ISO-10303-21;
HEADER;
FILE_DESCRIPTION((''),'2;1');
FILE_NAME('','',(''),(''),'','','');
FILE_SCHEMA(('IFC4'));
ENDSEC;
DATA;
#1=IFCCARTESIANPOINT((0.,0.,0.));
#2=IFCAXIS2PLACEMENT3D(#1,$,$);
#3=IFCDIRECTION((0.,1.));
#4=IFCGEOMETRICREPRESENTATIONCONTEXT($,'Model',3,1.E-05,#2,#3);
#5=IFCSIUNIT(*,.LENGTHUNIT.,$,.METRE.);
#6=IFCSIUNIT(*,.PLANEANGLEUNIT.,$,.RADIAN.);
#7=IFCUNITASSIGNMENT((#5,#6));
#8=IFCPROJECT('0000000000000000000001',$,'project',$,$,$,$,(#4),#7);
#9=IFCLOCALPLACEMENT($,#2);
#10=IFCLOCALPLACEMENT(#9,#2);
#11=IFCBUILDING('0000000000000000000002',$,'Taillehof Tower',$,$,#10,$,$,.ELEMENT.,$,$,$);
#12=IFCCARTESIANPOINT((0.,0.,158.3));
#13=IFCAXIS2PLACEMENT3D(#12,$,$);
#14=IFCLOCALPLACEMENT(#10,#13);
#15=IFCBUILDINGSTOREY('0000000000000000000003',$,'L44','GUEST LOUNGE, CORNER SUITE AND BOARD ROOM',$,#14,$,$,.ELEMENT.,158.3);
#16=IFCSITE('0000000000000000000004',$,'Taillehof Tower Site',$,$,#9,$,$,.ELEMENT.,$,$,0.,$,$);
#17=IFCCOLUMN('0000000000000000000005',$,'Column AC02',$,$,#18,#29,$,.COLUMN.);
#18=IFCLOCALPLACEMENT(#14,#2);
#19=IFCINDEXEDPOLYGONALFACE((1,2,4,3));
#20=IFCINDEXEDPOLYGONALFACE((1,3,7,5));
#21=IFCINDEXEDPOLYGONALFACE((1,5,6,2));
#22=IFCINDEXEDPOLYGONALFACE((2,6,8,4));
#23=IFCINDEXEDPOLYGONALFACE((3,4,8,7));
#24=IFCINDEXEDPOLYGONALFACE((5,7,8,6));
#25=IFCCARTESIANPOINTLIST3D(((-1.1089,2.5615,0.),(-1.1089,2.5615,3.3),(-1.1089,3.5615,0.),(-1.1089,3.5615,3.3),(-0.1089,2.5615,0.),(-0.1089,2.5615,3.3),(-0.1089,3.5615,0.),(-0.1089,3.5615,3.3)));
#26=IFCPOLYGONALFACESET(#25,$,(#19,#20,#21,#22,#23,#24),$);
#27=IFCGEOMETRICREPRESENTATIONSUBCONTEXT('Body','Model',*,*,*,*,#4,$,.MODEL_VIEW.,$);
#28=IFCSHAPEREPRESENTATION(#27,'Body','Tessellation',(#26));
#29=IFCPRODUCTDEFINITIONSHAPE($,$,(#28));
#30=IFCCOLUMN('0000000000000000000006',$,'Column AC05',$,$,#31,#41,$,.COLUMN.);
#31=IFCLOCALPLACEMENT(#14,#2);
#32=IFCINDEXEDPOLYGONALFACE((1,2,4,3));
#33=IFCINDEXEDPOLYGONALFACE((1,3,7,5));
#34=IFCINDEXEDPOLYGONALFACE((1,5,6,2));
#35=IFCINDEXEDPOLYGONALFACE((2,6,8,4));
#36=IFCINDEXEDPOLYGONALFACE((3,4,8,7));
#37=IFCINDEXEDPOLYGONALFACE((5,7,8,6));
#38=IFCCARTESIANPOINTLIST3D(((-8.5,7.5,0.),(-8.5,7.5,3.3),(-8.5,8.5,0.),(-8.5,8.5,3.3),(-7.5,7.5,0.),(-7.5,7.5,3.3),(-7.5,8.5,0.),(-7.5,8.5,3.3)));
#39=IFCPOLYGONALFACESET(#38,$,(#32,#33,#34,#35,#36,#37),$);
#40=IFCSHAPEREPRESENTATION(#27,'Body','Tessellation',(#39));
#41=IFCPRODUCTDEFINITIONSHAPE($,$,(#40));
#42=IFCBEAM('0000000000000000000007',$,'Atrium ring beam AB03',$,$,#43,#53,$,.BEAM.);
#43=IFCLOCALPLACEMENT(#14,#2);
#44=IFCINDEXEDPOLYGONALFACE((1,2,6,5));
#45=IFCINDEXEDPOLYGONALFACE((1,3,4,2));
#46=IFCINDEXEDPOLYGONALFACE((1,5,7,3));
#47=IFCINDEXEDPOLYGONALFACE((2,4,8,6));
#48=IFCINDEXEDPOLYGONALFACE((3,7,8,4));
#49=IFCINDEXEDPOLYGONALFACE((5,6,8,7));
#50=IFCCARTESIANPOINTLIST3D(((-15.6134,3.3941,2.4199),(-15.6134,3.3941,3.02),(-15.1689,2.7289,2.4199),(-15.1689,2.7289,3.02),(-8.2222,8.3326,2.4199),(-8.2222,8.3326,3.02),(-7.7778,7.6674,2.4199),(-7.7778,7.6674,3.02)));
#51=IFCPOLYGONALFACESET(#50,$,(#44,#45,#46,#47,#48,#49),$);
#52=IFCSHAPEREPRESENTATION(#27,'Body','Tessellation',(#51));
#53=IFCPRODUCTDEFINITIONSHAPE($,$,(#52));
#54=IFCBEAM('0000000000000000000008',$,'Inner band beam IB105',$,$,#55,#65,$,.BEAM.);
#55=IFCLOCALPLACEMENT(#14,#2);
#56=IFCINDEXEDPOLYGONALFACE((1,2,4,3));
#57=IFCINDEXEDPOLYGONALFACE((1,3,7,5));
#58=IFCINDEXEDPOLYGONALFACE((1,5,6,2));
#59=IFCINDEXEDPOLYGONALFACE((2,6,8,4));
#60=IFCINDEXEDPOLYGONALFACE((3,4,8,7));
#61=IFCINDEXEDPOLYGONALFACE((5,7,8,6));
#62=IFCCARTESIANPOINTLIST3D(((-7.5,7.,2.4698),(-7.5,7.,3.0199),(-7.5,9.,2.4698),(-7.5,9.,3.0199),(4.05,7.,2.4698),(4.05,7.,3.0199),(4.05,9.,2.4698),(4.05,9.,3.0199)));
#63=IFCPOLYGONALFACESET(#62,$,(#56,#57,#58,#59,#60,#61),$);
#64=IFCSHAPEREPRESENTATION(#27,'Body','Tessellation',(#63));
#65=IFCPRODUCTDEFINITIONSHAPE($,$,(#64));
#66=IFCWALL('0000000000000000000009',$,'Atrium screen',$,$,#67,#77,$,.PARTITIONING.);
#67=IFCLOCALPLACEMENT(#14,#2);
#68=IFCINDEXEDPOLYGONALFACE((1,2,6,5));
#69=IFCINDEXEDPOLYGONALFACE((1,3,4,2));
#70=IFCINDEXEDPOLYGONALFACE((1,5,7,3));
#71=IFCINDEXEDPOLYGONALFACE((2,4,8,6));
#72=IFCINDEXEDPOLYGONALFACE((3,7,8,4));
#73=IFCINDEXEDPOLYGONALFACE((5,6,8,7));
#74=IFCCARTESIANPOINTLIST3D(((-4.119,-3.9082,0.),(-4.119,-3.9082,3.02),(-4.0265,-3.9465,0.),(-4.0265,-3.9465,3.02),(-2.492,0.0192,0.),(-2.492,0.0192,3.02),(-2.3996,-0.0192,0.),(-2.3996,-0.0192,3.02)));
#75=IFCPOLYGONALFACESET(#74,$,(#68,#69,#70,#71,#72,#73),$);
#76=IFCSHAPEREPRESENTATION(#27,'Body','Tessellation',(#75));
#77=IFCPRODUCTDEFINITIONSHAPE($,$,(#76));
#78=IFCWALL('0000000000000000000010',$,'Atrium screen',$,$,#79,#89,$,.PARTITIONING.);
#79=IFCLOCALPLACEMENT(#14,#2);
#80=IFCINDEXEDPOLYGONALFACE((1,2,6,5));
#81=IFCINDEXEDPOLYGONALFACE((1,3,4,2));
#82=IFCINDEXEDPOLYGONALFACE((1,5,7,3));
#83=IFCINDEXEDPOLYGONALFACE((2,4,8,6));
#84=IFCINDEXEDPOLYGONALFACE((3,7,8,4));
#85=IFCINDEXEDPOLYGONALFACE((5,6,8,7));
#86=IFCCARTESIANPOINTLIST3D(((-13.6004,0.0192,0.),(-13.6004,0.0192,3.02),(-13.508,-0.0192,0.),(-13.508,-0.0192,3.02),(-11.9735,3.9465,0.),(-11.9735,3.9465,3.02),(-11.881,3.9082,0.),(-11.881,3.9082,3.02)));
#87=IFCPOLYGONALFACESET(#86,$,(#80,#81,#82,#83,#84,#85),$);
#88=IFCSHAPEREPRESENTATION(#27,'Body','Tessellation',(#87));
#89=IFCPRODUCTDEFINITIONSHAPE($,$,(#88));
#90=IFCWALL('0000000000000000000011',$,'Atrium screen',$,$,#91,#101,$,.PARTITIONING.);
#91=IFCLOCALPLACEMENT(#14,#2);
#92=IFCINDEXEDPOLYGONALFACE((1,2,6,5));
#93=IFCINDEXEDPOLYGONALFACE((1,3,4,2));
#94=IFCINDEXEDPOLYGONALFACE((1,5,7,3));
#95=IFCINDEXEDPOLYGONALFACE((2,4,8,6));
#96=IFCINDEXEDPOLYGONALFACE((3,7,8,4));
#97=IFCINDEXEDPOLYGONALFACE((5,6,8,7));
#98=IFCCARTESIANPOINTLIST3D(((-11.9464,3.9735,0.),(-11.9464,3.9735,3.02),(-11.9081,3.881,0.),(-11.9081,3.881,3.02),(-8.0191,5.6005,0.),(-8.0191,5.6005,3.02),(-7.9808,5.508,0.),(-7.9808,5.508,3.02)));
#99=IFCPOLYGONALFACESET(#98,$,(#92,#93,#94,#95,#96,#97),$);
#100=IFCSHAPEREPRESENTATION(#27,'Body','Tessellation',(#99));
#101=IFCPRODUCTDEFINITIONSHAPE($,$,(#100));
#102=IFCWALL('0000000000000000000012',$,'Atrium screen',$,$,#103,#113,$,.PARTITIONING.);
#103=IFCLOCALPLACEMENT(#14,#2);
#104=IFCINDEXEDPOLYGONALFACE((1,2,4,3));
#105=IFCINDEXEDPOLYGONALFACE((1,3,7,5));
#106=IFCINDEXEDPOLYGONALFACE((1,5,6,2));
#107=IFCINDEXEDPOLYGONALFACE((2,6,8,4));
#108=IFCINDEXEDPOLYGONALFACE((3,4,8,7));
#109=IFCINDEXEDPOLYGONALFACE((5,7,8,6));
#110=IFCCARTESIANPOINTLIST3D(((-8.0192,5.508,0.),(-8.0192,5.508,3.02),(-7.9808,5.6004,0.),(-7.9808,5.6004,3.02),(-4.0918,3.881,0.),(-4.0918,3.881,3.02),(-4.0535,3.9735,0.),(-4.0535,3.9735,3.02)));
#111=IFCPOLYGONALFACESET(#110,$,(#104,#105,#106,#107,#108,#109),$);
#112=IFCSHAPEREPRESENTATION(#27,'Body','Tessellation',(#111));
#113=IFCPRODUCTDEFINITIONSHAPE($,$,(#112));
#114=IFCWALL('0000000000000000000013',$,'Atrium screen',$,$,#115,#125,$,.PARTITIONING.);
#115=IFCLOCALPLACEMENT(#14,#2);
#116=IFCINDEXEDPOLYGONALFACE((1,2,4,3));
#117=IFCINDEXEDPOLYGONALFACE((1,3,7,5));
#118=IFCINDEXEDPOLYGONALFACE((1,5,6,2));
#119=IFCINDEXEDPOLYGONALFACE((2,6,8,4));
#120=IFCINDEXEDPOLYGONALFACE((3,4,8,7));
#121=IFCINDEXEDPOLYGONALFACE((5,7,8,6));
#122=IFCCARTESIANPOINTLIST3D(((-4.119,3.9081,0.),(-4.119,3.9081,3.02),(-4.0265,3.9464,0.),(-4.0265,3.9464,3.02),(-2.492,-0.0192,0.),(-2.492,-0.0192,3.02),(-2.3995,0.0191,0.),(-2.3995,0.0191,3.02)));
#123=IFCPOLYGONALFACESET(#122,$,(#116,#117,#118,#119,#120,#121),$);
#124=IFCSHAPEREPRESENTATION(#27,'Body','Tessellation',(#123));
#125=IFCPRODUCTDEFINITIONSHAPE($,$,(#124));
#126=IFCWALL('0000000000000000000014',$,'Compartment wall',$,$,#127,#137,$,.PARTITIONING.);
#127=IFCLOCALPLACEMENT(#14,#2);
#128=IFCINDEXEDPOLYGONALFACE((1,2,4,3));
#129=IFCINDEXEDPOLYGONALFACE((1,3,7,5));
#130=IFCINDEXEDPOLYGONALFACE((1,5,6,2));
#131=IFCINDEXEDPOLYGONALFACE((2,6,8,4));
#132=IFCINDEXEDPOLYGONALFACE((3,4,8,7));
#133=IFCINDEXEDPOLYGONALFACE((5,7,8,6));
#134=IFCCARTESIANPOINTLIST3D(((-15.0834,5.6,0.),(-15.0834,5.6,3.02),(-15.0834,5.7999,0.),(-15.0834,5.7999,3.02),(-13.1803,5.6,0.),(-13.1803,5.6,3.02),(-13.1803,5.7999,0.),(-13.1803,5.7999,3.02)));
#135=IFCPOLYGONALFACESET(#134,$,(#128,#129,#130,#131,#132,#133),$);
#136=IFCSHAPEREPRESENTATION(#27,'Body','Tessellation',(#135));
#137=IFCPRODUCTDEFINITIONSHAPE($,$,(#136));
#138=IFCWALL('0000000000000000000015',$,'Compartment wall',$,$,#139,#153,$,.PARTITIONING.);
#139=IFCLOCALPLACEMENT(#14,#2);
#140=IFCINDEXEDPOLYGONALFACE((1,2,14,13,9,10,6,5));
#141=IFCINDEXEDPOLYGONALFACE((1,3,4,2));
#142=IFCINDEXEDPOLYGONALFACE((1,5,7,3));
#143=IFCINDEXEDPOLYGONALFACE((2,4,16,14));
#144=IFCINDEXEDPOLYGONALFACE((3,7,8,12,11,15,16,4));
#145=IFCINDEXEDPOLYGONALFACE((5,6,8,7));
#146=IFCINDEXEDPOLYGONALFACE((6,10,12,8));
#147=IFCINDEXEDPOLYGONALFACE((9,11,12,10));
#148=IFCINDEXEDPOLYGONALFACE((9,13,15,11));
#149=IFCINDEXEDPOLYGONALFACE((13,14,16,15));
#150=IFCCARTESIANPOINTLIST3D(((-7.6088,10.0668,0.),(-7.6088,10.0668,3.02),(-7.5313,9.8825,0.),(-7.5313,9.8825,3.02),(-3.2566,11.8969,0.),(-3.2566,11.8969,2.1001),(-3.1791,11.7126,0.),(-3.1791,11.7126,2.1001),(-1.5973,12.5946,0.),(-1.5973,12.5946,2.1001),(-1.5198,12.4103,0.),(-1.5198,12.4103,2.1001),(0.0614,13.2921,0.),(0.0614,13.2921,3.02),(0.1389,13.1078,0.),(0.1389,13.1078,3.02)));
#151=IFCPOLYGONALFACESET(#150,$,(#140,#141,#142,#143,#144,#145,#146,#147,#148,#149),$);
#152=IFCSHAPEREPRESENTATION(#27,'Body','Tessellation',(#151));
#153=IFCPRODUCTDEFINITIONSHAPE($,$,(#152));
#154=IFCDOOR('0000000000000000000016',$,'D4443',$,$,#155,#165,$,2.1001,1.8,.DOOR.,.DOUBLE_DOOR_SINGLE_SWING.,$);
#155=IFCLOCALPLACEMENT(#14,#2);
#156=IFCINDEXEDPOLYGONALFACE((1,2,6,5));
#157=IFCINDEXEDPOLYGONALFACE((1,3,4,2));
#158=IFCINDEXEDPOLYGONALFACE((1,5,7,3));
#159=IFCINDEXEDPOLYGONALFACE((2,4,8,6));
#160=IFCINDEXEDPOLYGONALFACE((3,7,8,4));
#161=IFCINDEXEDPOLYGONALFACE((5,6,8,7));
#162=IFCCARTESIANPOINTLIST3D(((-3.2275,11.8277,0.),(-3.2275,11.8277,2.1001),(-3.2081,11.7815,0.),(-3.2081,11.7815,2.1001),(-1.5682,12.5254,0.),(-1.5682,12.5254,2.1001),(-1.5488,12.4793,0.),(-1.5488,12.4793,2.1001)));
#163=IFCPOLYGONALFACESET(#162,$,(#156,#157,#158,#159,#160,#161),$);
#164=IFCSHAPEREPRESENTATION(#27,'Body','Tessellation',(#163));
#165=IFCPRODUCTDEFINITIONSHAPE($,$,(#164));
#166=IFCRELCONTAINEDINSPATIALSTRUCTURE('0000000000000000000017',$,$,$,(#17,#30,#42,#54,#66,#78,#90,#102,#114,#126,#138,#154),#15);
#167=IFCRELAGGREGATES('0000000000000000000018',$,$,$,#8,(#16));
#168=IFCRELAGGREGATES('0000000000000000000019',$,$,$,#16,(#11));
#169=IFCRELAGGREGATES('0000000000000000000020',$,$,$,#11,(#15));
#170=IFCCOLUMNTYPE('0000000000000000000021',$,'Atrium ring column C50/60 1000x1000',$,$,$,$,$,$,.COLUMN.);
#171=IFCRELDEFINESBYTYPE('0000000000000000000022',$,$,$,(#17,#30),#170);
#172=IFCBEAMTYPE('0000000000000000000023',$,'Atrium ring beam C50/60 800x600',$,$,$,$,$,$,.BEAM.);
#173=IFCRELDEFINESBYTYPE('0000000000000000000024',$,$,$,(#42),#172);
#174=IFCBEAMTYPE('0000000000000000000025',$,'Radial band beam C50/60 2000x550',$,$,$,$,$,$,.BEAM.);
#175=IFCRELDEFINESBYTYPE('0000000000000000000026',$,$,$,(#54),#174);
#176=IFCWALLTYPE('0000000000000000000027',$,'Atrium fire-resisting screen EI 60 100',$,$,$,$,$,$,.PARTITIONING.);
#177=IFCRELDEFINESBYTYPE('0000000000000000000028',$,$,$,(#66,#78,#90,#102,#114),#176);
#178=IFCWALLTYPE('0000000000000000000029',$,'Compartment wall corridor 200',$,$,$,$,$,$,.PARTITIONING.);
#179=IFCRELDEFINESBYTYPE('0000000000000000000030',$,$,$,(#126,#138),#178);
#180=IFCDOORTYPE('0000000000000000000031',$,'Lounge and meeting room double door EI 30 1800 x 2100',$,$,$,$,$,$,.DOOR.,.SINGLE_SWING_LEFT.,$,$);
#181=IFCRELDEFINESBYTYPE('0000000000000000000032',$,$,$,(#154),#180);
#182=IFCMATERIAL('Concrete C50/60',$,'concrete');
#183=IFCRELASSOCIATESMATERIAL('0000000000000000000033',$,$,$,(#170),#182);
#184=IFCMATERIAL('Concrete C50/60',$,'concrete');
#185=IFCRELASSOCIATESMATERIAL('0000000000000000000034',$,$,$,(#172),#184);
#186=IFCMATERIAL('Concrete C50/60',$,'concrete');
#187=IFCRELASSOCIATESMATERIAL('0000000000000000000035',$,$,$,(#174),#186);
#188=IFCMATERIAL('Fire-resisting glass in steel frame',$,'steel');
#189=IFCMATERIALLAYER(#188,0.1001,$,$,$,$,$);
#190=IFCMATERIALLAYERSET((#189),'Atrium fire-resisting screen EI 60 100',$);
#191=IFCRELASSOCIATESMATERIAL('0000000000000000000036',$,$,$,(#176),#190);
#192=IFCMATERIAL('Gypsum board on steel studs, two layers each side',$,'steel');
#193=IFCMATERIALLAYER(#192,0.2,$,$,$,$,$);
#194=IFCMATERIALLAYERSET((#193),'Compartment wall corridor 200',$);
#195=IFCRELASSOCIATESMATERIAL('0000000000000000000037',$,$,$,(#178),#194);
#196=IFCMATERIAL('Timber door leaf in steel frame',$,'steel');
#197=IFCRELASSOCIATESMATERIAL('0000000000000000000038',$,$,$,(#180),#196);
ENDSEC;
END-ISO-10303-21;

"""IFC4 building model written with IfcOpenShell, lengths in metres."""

from ifc_helpers import new_model, si_unit, direction, frame, frame_2d, origin, origin_2d, place, context, subcontext, project, spatial, rectangle, extrude, material, layer, layer_set, material_profile, profile_set, type_object, element, fill, save


model = new_model("IFC4")

# Units and contexts
model_context = context("Model", 3, precision=1e-05, world=origin(), true_north=direction((0.0, 1.0)))
body_context = subcontext(model_context, "Body", "Model", "MODEL_VIEW")
ifc_project = project(units=[si_unit("LENGTHUNIT", "METRE"), si_unit("PLANEANGLEUNIT", "RADIAN")], contexts=[model_context])

# Site, building, storey
site_placement = place(None, origin())
site = spatial("IfcSite", under=ifc_project, at=site_placement, Name="Taillehof Tower Site", CompositionType="ELEMENT", RefElevation=0.0)
building_placement = place(site_placement, origin())
building = spatial("IfcBuilding", under=site, at=building_placement, Name="Taillehof Tower", CompositionType="ELEMENT")
storey_placement = place(building_placement, frame((0.0, 0.0, 158.3)))
storey = spatial("IfcBuildingStorey", under=building, at=storey_placement, Name="L44", Description="GUEST LOUNGE, CORNER SUITE AND BOARD ROOM", CompositionType="ELEMENT", Elevation=158.3)

# Columns
ifc_material_1 = material(Name="Concrete C50/60", Category="concrete")
ifc_material_profile_1 = material_profile(ifc_material_1, rectangle(XDim=1.0, YDim=1.0, at=origin_2d()), Name="RC 1000x1000")
ifc_profile_set_1 = profile_set([ifc_material_profile_1], Name="Concrete C50/60")
column_type = type_object("IfcColumnType", Name="Atrium ring column C50/60 1000x1000", PredefinedType="COLUMN", material=ifc_profile_set_1)
for number, where, z_axis, x_axis, name in (
    (1, (-0.6089, 3.0615, 0.0), (0.0, 0.0, 1.0), (1.0, 0.0, 0.0), "Column AC02"),
    (2, (-8.0, 8.0, 0.0), (0.0, 0.0, 1.0), (1.0, 0.0, 0.0), "Column AC05"),
):
    element("IfcColumn", number, at=place(storey_placement, frame(where, z_axis=z_axis, x_axis=x_axis)), inside=storey, type_object=column_type, Name=name, PredefinedType="COLUMN", context=body_context, shape_type="SweptSolid", body=[
        extrude(rectangle(XDim=1.0, YDim=1.0, at=origin_2d()), origin(), (0.0, 0.0, 1.0), 3.3),
    ])

# Beams
ifc_material_2 = material(Name="Concrete C50/60", Category="concrete")
ifc_material_profile_2 = material_profile(ifc_material_2, rectangle(XDim=0.8, YDim=0.6001, at=origin_2d()), Name="RC 800x600")
ifc_profile_set_2 = profile_set([ifc_material_profile_2], Name="Concrete C50/60")
beam_type_1 = type_object("IfcBeamType", Name="Atrium ring beam C50/60 800x600", PredefinedType="BEAM", material=ifc_profile_set_2)
beam_1_placement = place(storey_placement, frame((-8.0, 8.0, 2.72), z_axis=(-0.831475, -0.555562, 0.0), x_axis=(0.555562, -0.831475, 0.0)))
element("IfcBeam", 3, at=beam_1_placement, inside=storey, type_object=beam_type_1, Name="Atrium ring beam AB03", PredefinedType="BEAM", context=body_context, shape_type="SweptSolid", body=[
    extrude(rectangle(XDim=0.8, YDim=0.6001, at=origin_2d()), origin(), (0.0, 0.0, 1.0), 8.8892),
])
ifc_material_3 = material(Name="Concrete C50/60", Category="concrete")
ifc_material_profile_3 = material_profile(ifc_material_3, rectangle(XDim=2.0, YDim=0.55, at=origin_2d()), Name="RC 2000x550")
ifc_profile_set_3 = profile_set([ifc_material_profile_3], Name="Concrete C50/60")
beam_type_2 = type_object("IfcBeamType", Name="Radial band beam C50/60 2000x550", PredefinedType="BEAM", material=ifc_profile_set_3)
beam_2_placement = place(storey_placement, frame((-7.5, 8.0, 2.7449), z_axis=(1.0, 0.0, 0.0), x_axis=(0.0, 1.0, 0.0)))
element("IfcBeam", 4, at=beam_2_placement, inside=storey, type_object=beam_type_2, Name="Inner band beam IB105", PredefinedType="BEAM", context=body_context, shape_type="SweptSolid", body=[
    extrude(rectangle(XDim=2.0, YDim=0.55, at=origin_2d()), origin(), (0.0, 0.0, 1.0), 11.55),
])

# Walls
ifc_material_4 = material(Name="Fire-resisting glass in steel frame", Category="steel")
ifc_layer_1 = layer(ifc_material_4, 0.1001)
ifc_layer_set_1 = layer_set([ifc_layer_1], Name="Atrium fire-resisting screen EI 60 100")
wall_type_1 = type_object("IfcWallType", Name="Atrium fire-resisting screen EI 60 100", PredefinedType="PARTITIONING", material=ifc_layer_set_1)
for number, where, z_axis, x_axis, name in (
    (5, (-2.4458, 0.0, 0.0), (0.0, 0.0, 1.0), (-0.382731, -0.92386, 0.0), "Atrium screen"),
    (6, (-13.5542, 0.0, 0.0), (0.0, 0.0, 1.0), (0.382731, 0.92386, 0.0), "Atrium screen"),
    (7, (-11.9272, 3.9272, 0.0), (0.0, 0.0, 1.0), (0.92386, 0.382731, 0.0), "Atrium screen"),
    (8, (-8.0, 5.5542, 0.0), (0.0, 0.0, 1.0), (0.92386, -0.382731, 0.0), "Atrium screen"),
    (9, (-4.0728, 3.9272, 0.0), (0.0, 0.0, 1.0), (0.382731, -0.92386, 0.0), "Atrium screen"),
):
    element("IfcWall", number, at=place(storey_placement, frame(where, z_axis=z_axis, x_axis=x_axis)), inside=storey, type_object=wall_type_1, Name=name, PredefinedType="PARTITIONING", context=body_context, shape_type="SweptSolid", body=[
        extrude(rectangle(XDim=4.251, YDim=0.1001, at=frame_2d((2.1255, 0.0))), origin(), (0.0, 0.0, 1.0), 3.02),
    ])
ifc_material_5 = material(Name="Gypsum board on steel studs, two layers each side", Category="steel")
ifc_layer_2 = layer(ifc_material_5, 0.2)
ifc_layer_set_2 = layer_set([ifc_layer_2], Name="Compartment wall corridor 200")
wall_type_2 = type_object("IfcWallType", Name="Compartment wall corridor 200", PredefinedType="PARTITIONING", material=ifc_layer_set_2)
wall_1_placement = place(storey_placement, frame((-13.1802, 5.7, 0.0), z_axis=(0.0, 0.0, 1.0), x_axis=(-1.0, 0.0, 0.0)))
element("IfcWall", 10, at=wall_1_placement, inside=storey, type_object=wall_type_2, Name="Compartment wall", PredefinedType="PARTITIONING", context=body_context, shape_type="SweptSolid", body=[
    extrude(rectangle(XDim=1.9031, YDim=0.2, at=frame_2d((0.9517, 0.0))), origin(), (0.0, 0.0, 1.0), 3.02),
])

# Wall, opening, door
wall_2_placement = place(storey_placement, frame((-7.5701, 9.9746, 0.0), z_axis=(0.0, 0.0, 1.0), x_axis=(0.921816, 0.387628, 0.0)))
wall_2 = element("IfcWall", 11, at=wall_2_placement, inside=storey, type_object=wall_type_2, Name="Compartment wall", PredefinedType="PARTITIONING", context=body_context, shape_type="SweptSolid", body=[
    extrude(rectangle(XDim=8.3208, YDim=0.2, at=frame_2d((4.1604, 0.0))), origin(), (0.0, 0.0, 1.0), 3.02),
])
opening_1_placement = place(wall_2_placement, frame((4.7214, 0.0, 0.0)))
opening_1 = element("IfcOpeningElement", 12, at=opening_1_placement, cuts=wall_2, PredefinedType="OPENING", context=body_context, shape_type="SweptSolid", body=[
    extrude(rectangle(XDim=1.8, YDim=2.1001, at=frame_2d((0.8999, 1.05))), frame((0.0, 0.1099, 0.0), z_axis=(0.0, -1.0, 0.0), x_axis=(1.0, 0.0, 0.0)), (0.0, 0.0, 1.0), 0.22),
])
ifc_material_6 = material(Name="Timber door leaf in steel frame", Category="steel")
door_type_1 = type_object("IfcDoorType", Name="Lounge and meeting room double door EI 30 1800 x 2100", OperationType="SINGLE_SWING_LEFT", PredefinedType="DOOR", material=ifc_material_6)
door_1_placement = place(opening_1_placement, origin())
door_1 = element("IfcDoor", 13, at=door_1_placement, inside=storey, type_object=door_type_1, Name="D4443", OperationType="DOUBLE_DOOR_SINGLE_SWING", OverallHeight=2.1001, OverallWidth=1.8, PredefinedType="DOOR", context=body_context, shape_type="SweptSolid", body=[
    extrude(rectangle(XDim=1.8, YDim=2.1001, at=frame_2d((0.8999, 1.05))), frame((0.0, 0.0249, 0.0), z_axis=(0.0, -1.0, 0.0), x_axis=(1.0, 0.0, 0.0)), (0.0, 0.0, 1.0), 0.05),
])
fill(opening_1, door_1)

save(model, "model.ifc")
